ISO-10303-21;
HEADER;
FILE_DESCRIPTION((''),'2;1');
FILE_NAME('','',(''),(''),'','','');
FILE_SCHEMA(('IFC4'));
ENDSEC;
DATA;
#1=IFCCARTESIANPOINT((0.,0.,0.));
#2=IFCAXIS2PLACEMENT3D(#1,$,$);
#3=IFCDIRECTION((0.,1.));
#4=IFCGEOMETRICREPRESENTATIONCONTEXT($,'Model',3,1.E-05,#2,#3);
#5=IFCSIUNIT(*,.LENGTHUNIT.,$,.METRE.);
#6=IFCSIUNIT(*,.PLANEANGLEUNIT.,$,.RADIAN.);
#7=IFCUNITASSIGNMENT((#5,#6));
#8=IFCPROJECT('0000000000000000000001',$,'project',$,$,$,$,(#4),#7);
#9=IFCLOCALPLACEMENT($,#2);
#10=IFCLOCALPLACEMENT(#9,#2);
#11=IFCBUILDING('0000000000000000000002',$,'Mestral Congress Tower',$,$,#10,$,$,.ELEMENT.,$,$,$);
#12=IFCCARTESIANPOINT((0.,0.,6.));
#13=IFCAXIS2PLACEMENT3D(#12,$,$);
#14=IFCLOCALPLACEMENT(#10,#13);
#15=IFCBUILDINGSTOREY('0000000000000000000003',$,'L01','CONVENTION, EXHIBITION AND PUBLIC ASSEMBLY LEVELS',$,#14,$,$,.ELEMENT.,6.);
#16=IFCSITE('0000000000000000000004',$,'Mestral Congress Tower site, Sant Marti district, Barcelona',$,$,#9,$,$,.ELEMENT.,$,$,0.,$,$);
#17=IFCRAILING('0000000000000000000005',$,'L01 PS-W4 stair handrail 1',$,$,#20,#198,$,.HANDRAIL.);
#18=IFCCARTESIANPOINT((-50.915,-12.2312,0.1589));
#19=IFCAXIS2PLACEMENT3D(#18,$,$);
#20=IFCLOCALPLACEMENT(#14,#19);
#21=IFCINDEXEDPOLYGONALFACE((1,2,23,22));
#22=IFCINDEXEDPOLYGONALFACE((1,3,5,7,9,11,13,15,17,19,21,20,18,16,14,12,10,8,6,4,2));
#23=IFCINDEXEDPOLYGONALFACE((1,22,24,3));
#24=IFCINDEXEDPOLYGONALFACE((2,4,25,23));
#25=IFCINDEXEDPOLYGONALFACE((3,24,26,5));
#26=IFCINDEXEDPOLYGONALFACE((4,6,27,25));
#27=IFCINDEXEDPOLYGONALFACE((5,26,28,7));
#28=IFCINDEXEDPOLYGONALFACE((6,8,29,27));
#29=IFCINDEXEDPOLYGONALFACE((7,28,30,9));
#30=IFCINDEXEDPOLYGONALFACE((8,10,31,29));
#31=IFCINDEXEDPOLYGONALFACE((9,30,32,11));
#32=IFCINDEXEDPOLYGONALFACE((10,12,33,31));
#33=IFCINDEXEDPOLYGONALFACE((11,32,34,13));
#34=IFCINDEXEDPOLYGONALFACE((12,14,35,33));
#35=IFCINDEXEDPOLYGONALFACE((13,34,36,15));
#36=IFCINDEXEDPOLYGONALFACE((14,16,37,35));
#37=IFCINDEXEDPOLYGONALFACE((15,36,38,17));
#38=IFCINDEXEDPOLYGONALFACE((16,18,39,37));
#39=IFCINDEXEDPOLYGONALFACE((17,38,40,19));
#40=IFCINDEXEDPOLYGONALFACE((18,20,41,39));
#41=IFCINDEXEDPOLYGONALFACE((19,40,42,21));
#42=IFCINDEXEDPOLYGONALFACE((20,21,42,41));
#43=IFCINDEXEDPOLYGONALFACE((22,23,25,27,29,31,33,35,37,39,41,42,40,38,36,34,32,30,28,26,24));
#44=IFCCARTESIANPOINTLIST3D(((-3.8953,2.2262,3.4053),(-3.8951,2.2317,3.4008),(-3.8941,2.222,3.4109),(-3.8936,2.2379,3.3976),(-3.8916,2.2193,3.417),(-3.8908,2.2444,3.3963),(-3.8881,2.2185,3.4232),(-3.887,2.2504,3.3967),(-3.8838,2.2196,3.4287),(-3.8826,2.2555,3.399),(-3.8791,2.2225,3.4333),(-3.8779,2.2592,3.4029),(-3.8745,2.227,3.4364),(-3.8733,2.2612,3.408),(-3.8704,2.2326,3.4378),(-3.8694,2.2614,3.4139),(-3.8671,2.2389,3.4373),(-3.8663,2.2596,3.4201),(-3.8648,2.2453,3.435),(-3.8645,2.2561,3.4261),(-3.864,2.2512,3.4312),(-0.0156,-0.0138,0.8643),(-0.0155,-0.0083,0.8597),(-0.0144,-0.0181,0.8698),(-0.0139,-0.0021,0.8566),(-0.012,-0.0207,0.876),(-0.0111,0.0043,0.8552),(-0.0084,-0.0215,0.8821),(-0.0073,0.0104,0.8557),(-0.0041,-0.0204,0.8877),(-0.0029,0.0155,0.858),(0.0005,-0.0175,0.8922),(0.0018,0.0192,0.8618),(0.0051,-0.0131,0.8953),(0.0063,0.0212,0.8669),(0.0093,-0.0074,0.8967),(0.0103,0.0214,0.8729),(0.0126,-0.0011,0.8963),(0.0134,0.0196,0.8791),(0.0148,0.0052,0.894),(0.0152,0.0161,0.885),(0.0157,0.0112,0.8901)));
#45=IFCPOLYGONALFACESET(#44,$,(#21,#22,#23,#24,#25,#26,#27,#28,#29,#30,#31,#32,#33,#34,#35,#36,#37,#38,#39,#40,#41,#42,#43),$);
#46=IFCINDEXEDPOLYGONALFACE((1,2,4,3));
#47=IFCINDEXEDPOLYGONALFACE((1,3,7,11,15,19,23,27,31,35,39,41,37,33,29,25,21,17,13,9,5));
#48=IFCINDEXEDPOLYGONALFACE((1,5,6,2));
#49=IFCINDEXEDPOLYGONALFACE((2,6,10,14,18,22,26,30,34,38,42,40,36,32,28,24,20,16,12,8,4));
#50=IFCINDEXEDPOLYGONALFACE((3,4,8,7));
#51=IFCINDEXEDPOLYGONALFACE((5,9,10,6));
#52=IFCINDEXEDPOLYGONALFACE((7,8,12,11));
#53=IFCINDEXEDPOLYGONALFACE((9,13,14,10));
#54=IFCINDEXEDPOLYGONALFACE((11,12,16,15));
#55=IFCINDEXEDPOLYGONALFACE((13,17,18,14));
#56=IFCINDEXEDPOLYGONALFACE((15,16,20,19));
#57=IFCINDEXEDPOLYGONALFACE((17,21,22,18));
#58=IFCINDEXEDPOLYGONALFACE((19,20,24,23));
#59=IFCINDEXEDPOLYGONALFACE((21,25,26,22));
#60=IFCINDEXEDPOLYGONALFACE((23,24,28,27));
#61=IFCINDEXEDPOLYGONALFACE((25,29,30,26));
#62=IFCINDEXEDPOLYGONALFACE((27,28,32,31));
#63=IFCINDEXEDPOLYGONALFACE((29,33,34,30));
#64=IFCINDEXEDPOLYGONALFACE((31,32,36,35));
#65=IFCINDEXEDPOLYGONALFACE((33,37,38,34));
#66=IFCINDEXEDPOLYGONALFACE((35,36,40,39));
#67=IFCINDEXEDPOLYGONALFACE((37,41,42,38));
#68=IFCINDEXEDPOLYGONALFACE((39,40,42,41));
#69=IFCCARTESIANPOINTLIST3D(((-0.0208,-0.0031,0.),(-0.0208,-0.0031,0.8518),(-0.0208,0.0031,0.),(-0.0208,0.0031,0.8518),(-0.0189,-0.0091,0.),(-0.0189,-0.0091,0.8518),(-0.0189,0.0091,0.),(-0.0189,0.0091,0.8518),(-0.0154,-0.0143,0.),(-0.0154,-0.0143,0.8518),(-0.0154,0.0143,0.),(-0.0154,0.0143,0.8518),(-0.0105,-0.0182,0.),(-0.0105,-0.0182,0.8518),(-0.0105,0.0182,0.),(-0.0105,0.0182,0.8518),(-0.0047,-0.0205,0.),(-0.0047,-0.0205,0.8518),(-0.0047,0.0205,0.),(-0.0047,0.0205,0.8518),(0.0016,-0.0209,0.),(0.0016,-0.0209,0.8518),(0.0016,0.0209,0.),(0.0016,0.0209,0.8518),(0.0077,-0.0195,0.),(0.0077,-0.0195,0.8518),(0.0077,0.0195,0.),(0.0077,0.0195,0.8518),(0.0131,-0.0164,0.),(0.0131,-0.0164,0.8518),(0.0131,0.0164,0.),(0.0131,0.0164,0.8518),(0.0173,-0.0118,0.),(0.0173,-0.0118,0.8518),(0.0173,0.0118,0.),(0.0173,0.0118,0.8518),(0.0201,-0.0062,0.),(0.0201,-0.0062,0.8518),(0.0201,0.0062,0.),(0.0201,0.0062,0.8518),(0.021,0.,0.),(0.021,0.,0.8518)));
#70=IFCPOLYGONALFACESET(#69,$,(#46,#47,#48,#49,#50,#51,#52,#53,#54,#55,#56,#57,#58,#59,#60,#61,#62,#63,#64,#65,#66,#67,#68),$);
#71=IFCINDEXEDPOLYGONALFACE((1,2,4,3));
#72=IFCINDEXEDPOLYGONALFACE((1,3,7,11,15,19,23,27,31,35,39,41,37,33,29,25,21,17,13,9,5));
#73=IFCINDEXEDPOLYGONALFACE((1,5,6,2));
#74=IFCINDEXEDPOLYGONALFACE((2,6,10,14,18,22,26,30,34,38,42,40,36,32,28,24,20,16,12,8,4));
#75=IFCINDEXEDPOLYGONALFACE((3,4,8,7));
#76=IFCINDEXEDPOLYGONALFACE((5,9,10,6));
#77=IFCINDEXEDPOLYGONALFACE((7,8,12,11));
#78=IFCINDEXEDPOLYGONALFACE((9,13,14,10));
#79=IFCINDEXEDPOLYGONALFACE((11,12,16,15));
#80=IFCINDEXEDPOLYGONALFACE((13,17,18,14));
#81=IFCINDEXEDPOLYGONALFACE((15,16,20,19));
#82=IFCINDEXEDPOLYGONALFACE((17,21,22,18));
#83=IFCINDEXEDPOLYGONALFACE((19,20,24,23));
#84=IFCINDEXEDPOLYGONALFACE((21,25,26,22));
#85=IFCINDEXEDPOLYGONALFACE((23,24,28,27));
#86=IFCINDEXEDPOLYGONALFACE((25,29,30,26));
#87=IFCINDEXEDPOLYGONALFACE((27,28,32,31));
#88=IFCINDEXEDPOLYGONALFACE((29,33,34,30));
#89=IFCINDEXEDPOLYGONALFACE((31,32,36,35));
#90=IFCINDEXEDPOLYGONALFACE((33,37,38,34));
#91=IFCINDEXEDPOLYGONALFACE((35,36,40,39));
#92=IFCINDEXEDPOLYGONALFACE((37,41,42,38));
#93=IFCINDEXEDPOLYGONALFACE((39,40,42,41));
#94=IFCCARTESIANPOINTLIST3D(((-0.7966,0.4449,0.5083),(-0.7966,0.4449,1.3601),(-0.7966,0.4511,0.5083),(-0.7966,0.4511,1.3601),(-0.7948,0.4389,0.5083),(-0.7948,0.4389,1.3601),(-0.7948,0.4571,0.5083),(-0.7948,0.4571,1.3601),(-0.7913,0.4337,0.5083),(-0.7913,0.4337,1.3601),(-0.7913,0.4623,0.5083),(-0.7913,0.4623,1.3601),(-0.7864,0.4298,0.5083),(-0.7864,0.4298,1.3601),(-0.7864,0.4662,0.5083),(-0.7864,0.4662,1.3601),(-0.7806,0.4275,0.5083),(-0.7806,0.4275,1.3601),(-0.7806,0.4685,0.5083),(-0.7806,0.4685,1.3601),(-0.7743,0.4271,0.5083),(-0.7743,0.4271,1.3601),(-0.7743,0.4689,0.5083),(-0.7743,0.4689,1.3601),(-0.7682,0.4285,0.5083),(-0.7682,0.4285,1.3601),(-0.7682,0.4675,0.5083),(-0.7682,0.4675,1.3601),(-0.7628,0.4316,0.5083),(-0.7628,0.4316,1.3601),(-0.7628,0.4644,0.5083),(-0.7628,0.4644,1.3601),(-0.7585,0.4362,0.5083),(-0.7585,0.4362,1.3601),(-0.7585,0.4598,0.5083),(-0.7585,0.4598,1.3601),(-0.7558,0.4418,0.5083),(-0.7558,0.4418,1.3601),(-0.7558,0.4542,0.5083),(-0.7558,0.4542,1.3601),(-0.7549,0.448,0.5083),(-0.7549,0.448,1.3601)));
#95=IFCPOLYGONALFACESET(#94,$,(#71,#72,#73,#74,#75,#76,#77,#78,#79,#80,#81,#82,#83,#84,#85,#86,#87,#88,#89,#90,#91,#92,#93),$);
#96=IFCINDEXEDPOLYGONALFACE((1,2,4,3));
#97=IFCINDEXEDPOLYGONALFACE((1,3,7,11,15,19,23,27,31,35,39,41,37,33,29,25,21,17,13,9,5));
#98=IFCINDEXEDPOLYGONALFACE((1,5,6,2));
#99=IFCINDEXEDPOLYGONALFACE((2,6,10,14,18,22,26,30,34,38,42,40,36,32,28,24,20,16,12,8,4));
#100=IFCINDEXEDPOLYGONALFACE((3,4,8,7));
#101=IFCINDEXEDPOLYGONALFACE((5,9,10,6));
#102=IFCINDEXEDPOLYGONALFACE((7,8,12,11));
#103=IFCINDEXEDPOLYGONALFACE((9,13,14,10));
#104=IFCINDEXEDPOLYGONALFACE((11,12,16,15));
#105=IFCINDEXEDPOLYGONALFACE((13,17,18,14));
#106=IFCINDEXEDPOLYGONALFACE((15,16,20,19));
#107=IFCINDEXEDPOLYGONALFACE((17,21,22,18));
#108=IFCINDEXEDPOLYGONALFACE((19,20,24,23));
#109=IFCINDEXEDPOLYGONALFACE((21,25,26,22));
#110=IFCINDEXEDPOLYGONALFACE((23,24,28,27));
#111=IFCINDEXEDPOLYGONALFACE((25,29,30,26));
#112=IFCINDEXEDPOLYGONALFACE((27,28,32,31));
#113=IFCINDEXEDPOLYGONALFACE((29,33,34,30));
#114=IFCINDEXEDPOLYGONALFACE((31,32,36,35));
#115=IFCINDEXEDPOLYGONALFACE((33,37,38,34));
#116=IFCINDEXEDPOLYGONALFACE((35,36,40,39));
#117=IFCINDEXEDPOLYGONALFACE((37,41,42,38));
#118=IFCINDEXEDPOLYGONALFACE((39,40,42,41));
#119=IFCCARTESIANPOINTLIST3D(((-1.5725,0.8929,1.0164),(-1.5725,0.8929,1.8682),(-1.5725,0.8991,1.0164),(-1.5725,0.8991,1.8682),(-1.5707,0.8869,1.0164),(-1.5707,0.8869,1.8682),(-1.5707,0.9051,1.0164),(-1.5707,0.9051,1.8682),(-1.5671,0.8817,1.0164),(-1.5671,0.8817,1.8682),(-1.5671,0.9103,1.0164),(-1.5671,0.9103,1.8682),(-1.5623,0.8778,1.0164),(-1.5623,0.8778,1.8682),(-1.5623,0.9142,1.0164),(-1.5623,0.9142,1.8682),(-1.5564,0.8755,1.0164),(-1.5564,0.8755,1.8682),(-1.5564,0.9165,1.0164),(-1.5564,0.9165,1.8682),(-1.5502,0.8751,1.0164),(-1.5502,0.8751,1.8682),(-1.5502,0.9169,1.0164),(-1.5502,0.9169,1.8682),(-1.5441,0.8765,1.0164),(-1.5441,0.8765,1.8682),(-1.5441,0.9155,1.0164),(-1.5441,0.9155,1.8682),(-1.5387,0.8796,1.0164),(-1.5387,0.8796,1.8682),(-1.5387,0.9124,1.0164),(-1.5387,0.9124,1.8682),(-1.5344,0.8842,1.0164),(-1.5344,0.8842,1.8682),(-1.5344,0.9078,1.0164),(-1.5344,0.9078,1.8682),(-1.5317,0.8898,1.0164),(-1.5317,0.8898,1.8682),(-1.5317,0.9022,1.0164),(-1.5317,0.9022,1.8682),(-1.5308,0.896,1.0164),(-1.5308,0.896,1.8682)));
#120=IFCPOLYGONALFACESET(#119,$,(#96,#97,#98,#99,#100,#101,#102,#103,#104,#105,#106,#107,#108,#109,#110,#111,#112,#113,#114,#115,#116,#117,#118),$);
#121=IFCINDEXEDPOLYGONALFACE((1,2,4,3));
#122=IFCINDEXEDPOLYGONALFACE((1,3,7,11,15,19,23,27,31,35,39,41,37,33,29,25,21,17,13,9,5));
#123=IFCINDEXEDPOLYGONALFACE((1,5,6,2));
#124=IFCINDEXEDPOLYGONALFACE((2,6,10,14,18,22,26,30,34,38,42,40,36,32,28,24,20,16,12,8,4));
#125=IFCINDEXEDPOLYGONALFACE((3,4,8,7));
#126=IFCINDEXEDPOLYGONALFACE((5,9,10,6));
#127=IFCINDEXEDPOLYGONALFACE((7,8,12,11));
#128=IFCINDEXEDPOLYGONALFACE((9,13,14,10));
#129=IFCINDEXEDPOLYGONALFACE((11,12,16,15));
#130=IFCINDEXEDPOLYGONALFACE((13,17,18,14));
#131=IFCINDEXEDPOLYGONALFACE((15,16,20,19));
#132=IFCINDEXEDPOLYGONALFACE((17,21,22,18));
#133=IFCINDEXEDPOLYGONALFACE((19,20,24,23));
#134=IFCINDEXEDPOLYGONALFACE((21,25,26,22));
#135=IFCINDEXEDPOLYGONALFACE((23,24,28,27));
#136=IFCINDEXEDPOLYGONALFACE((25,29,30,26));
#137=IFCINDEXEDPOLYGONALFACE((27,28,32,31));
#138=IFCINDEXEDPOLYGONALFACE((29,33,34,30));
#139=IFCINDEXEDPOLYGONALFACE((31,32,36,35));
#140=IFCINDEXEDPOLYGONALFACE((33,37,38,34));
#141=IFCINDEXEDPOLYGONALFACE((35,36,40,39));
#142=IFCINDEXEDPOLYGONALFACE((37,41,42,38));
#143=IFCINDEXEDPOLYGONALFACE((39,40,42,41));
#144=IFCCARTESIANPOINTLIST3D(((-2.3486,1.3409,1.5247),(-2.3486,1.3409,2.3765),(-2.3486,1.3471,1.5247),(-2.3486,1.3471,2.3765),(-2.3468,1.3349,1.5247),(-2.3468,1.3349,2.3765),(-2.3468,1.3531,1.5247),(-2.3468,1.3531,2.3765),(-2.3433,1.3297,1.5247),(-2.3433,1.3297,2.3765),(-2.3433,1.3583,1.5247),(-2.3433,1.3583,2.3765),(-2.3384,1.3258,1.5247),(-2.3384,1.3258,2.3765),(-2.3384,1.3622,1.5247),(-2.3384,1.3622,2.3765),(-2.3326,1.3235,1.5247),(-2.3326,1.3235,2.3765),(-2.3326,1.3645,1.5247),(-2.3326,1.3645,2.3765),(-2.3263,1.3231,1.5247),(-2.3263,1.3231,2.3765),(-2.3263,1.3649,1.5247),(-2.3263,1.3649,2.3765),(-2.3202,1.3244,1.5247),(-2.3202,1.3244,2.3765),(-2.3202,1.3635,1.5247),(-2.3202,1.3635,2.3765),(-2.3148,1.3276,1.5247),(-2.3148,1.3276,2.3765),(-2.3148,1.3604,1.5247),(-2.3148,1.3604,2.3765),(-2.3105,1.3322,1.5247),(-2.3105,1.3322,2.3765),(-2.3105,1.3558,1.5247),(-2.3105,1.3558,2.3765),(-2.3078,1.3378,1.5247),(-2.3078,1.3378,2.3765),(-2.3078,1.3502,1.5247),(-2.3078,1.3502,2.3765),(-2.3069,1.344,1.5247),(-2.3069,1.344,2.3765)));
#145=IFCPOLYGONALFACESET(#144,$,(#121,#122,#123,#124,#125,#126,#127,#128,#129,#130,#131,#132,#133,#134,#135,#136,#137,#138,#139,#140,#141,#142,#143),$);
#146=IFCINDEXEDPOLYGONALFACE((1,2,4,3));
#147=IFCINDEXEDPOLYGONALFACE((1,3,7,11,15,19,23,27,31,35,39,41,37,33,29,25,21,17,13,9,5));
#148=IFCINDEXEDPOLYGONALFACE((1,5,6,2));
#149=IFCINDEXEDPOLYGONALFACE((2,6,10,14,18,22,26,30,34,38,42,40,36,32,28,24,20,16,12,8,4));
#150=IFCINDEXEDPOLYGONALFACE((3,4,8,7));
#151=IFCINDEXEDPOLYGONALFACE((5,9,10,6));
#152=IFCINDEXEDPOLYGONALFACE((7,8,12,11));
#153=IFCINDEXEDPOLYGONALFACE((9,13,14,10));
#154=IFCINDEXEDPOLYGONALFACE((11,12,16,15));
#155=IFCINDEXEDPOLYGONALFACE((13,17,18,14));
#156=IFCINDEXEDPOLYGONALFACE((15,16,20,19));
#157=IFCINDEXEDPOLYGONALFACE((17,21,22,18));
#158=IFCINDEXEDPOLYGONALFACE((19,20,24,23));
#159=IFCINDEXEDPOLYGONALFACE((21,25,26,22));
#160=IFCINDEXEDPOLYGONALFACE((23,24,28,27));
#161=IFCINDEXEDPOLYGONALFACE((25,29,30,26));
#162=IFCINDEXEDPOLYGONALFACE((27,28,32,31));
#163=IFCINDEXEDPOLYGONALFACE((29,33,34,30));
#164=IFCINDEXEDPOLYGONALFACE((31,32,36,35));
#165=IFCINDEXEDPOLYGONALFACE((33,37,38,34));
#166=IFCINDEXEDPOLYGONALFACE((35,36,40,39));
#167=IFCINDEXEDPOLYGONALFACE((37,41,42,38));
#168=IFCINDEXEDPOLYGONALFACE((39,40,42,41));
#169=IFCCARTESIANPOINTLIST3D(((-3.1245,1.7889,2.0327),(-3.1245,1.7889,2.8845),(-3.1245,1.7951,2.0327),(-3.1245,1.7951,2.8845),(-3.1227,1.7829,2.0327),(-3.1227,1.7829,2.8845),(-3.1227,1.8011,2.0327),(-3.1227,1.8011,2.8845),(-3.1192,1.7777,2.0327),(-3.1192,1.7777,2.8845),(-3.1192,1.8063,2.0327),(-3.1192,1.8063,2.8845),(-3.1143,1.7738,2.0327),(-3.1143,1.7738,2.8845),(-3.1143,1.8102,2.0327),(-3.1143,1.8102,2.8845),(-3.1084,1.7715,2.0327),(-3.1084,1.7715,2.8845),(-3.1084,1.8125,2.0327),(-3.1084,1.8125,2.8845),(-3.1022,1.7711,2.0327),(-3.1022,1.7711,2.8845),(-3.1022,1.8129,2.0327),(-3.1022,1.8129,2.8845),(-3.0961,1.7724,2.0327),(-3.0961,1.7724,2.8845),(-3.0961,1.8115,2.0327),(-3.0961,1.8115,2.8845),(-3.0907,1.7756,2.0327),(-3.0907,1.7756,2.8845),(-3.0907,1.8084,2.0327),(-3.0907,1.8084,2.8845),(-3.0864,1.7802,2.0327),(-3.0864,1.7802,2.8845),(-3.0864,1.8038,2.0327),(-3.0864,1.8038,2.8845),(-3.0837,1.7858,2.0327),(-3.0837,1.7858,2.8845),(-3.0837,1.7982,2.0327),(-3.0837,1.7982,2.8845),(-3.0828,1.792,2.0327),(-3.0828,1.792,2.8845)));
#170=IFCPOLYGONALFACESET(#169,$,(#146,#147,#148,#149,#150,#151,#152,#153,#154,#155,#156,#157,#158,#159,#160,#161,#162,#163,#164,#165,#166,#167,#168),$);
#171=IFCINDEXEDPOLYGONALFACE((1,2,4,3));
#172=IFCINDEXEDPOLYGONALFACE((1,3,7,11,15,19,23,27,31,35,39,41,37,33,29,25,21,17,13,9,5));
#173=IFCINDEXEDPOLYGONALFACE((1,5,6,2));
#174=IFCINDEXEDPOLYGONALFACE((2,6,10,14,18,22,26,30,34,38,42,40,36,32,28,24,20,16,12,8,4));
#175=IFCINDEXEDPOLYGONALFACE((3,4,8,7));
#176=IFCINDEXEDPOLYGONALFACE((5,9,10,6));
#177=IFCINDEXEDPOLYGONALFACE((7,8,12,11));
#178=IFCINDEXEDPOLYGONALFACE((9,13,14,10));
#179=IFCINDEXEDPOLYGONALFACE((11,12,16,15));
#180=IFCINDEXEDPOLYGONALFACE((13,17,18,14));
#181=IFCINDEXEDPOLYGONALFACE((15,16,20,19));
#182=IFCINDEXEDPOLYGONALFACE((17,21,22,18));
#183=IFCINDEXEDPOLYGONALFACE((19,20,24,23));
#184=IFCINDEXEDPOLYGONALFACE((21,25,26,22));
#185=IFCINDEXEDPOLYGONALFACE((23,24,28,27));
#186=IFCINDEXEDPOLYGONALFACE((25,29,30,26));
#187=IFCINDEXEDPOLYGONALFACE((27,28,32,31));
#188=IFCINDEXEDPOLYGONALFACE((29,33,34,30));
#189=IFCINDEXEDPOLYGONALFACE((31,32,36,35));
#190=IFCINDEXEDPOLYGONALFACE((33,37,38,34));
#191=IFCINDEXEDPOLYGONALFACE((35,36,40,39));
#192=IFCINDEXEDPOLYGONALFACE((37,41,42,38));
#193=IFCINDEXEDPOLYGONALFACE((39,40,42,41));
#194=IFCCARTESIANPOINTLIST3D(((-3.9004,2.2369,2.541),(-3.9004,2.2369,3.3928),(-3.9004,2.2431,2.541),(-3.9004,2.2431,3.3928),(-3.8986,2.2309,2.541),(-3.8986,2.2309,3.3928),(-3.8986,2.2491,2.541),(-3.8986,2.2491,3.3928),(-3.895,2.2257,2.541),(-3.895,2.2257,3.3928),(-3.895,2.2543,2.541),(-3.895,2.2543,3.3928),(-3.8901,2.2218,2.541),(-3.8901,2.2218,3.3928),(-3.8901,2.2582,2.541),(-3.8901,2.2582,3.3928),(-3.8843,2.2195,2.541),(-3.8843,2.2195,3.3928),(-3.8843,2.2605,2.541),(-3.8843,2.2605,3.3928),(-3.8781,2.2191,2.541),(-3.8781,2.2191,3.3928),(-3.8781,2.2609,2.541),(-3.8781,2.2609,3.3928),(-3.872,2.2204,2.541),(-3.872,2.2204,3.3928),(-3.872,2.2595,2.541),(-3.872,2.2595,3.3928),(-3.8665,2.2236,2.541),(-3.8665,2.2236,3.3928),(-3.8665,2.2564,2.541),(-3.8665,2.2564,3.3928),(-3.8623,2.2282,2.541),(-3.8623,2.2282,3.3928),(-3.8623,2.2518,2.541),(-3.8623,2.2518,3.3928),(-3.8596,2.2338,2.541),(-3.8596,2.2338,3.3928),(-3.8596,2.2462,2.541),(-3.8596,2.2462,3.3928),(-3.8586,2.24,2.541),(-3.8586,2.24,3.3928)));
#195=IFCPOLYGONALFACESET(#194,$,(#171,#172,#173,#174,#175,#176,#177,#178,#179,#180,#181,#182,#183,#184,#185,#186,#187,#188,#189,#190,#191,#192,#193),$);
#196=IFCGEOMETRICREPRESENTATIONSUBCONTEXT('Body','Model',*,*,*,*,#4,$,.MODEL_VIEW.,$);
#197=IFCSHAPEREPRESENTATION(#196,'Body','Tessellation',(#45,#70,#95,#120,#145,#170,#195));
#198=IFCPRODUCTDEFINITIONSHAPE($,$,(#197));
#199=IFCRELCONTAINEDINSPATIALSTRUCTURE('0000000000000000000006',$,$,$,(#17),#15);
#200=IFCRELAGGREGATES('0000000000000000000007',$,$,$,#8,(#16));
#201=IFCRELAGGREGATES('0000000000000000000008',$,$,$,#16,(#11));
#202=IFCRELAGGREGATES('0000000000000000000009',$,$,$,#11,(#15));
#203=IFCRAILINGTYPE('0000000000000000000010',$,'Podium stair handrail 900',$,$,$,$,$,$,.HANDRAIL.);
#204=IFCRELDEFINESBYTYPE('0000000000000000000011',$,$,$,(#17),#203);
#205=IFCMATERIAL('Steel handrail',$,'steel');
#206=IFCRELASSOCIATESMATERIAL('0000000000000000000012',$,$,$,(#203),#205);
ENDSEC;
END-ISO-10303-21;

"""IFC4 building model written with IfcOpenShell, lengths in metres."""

from ifc_helpers import new_model, si_unit, direction, frame, origin, origin_2d, place, context, subcontext, project, spatial, circle, extrude, material, type_object, element, save


model = new_model("IFC4")

# Units and contexts
model_context = context("Model", 3, precision=1e-05, world=origin(), true_north=direction((0.0, 1.0)))
body_context = subcontext(model_context, "Body", "Model", "MODEL_VIEW")
ifc_project = project(units=[si_unit("LENGTHUNIT", "METRE"), si_unit("PLANEANGLEUNIT", "RADIAN")], contexts=[model_context])

# Site, building, storey
site_placement = place(None, origin())
site = spatial("IfcSite", under=ifc_project, at=site_placement, Name="Mestral Congress Tower site, Sant Marti district, Barcelona", CompositionType="ELEMENT", RefElevation=0.0)
building_placement = place(site_placement, origin())
building = spatial("IfcBuilding", under=site, at=building_placement, Name="Mestral Congress Tower", CompositionType="ELEMENT")
storey_placement = place(building_placement, frame((0.0, 0.0, 6.0)))
storey = spatial("IfcBuildingStorey", under=building, at=storey_placement, Name="L01", Description="CONVENTION, EXHIBITION AND PUBLIC ASSEMBLY LEVELS", CompositionType="ELEMENT", Elevation=6.0)

# Railing
ifc_material_1 = material(Name="Steel handrail", Category="steel")
railing_type_1 = type_object("IfcRailingType", Name="Podium stair handrail 900", PredefinedType="HANDRAIL", material=ifc_material_1)
railing_1_placement = place(storey_placement, frame((-50.915, -12.2312, 0.1589)))
element("IfcRailing", 1, at=railing_1_placement, inside=storey, type_object=railing_type_1, Name="L01 PS-W4 stair handrail 1", PredefinedType="HANDRAIL", context=body_context, shape_type="SweptSolid", body=[
    extrude(circle(Radius=0.0239, at=origin_2d()), frame((0.0, 0.0, 0.876), z_axis=(-0.753279, 0.434922, 0.493369), x_axis=(-0.500013, -0.866018, 0.0)), (0.0, 0.0, 1.0), 5.1504),
    extrude(circle(Radius=0.021, at=origin_2d()), origin(), (0.0, 0.0, 1.0), 0.8518),
    extrude(circle(Radius=0.021, at=origin_2d()), frame((-0.7759, 0.448, 0.5083)), (0.0, 0.0, 1.0), 0.8518),
    extrude(circle(Radius=0.021, at=origin_2d()), frame((-1.5518, 0.896, 1.0164)), (0.0, 0.0, 1.0), 0.8518),
    extrude(circle(Radius=0.021, at=origin_2d()), frame((-2.3279, 1.344, 1.5247)), (0.0, 0.0, 1.0), 0.8518),
    extrude(circle(Radius=0.021, at=origin_2d()), frame((-3.1038, 1.792, 2.0327)), (0.0, 0.0, 1.0), 0.8518),
    extrude(circle(Radius=0.021, at=origin_2d()), frame((-3.8796, 2.24, 2.541)), (0.0, 0.0, 1.0), 0.8518),
])

save(model, "model.ifc")
